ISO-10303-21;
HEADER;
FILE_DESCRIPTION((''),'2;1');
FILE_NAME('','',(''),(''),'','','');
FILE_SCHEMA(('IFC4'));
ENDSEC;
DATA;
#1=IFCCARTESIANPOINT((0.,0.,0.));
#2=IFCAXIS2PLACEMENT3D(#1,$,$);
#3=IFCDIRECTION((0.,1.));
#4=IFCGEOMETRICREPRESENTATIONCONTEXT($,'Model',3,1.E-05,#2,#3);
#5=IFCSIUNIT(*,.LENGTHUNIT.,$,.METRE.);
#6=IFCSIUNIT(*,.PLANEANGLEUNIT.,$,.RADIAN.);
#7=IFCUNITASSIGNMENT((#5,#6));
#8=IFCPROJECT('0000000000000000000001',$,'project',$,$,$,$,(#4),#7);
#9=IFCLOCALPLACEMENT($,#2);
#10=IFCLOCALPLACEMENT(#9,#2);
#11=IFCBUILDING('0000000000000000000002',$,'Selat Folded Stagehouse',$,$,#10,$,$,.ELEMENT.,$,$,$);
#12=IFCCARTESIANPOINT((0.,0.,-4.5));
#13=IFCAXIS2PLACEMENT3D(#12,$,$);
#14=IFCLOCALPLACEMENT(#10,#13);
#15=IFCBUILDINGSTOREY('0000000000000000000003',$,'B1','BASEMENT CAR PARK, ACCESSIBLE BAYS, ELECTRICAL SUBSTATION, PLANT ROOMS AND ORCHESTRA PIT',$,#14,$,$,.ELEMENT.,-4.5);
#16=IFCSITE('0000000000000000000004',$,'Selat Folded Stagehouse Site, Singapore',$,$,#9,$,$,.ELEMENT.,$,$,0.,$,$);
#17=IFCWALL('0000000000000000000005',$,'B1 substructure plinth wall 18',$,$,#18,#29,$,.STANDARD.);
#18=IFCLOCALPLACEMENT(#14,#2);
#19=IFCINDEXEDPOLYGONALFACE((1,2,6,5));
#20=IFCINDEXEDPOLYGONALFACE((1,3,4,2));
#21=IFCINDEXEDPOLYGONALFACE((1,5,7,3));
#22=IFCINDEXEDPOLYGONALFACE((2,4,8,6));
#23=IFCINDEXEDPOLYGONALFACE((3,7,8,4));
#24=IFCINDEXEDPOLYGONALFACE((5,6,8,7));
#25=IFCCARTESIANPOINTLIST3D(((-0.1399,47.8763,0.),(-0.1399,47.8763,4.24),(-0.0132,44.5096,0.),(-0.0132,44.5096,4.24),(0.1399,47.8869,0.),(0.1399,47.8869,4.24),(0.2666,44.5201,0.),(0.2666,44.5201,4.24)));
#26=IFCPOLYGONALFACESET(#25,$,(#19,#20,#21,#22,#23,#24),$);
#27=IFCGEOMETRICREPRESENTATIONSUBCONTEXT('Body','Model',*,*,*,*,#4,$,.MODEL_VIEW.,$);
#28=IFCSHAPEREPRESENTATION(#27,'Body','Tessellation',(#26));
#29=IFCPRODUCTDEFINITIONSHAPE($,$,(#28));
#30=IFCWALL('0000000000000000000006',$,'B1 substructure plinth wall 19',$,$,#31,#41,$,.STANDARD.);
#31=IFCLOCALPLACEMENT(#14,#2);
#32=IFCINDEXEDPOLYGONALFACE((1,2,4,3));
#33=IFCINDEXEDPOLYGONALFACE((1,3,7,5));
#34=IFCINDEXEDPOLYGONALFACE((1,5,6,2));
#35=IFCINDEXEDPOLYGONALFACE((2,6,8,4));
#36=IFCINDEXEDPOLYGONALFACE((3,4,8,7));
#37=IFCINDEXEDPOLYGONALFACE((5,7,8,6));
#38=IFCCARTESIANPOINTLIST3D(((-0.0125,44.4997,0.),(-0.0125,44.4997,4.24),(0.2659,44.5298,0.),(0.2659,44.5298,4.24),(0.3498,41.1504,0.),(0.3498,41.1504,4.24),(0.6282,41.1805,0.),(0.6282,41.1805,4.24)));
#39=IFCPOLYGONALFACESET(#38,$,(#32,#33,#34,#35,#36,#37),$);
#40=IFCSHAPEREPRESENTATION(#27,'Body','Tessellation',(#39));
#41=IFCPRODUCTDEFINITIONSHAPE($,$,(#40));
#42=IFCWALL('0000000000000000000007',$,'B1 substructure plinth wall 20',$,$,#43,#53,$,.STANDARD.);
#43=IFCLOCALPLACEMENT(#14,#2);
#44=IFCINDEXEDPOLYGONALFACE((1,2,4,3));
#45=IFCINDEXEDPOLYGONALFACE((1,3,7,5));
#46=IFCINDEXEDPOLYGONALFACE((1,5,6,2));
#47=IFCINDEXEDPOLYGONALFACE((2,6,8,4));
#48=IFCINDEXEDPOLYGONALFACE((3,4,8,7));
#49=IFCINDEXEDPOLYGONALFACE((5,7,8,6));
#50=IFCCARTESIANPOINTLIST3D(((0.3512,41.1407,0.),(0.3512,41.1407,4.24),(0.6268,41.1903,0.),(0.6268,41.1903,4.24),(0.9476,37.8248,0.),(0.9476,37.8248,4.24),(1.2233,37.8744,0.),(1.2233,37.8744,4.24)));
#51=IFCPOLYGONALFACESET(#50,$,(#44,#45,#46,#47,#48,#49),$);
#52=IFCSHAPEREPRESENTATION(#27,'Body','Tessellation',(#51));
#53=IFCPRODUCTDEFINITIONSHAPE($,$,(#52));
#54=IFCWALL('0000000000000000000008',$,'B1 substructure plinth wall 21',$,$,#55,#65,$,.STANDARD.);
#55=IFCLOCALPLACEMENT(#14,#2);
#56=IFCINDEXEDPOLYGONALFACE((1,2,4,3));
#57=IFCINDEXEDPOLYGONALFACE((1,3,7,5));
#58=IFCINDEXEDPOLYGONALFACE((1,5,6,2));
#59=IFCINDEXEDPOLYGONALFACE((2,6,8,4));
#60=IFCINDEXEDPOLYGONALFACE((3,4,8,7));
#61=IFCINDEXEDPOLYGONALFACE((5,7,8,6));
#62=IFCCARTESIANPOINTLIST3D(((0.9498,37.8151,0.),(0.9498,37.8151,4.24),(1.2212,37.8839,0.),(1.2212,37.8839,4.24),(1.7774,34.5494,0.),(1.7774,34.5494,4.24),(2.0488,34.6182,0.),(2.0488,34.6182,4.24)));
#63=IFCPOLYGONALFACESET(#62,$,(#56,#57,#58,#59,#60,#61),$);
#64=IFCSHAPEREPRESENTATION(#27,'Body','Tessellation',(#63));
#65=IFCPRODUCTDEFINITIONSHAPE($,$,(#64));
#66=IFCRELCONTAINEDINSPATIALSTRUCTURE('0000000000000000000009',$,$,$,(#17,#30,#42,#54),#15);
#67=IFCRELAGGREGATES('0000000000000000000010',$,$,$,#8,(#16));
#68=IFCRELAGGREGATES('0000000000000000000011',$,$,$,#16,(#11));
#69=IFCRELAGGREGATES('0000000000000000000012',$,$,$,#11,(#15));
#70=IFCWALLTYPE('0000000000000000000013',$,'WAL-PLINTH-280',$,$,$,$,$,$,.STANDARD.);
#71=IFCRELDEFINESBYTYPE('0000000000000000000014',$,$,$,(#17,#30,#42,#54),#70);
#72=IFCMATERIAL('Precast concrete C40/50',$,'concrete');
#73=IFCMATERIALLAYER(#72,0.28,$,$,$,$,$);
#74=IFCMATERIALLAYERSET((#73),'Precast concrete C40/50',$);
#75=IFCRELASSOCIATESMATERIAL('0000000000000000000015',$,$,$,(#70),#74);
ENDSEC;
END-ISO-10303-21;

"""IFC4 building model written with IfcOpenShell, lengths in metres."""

from ifc_helpers import new_model, si_unit, direction, frame, frame_2d, origin, place, context, subcontext, project, spatial, rectangle, extrude, material, layer, layer_set, type_object, element, save


model = new_model("IFC4")

# Units and contexts
model_context = context("Model", 3, precision=1e-05, world=origin(), true_north=direction((0.0, 1.0)))
body_context = subcontext(model_context, "Body", "Model", "MODEL_VIEW")
ifc_project = project(units=[si_unit("LENGTHUNIT", "METRE"), si_unit("PLANEANGLEUNIT", "RADIAN")], contexts=[model_context])

# Site, building, storey
site_placement = place(None, origin())
site = spatial("IfcSite", under=ifc_project, at=site_placement, Name="Selat Folded Stagehouse Site, Singapore", CompositionType="ELEMENT", RefElevation=0.0)
building_placement = place(site_placement, origin())
building = spatial("IfcBuilding", under=site, at=building_placement, Name="Selat Folded Stagehouse", CompositionType="ELEMENT")
storey_placement = place(building_placement, frame((0.0, 0.0, -4.5)))
storey = spatial("IfcBuildingStorey", under=building, at=storey_placement, Name="B1", Description="BASEMENT CAR PARK, ACCESSIBLE BAYS, ELECTRICAL SUBSTATION, PLANT ROOMS AND ORCHESTRA PIT", CompositionType="ELEMENT", Elevation=-4.5)

# Walls
ifc_material_1 = material(Name="Precast concrete C40/50", Category="concrete")
ifc_layer_1 = layer(ifc_material_1, 0.28)
ifc_layer_set_1 = layer_set([ifc_layer_1], Name="Precast concrete C40/50")
wall_type = type_object("IfcWallType", Name="WAL-PLINTH-280", PredefinedType="STANDARD", material=ifc_layer_set_1)
wall_1_placement = place(storey_placement, frame((0.0, 47.8816, 0.0), z_axis=(0.0, 0.0, 1.0), x_axis=(0.037609, -0.999293, 0.0)))
element("IfcWall", 1, at=wall_1_placement, inside=storey, type_object=wall_type, Name="B1 substructure plinth wall 18", PredefinedType="STANDARD", context=body_context, shape_type="SweptSolid", body=[
    extrude(rectangle(XDim=3.3691, YDim=0.28, at=frame_2d((1.6846, 0.0))), origin(), (0.0, 0.0, 1.0), 4.24),
])
wall_2_placement = place(storey_placement, frame((0.1267, 44.5149, 0.0), z_axis=(0.0, 0.0, 1.0), x_axis=(0.107544, -0.9942, 0.0)))
element("IfcWall", 2, at=wall_2_placement, inside=storey, type_object=wall_type, Name="B1 substructure plinth wall 19", PredefinedType="STANDARD", context=body_context, shape_type="SweptSolid", body=[
    extrude(rectangle(XDim=3.3689, YDim=0.28, at=frame_2d((1.6846, 0.0))), origin(), (0.0, 0.0, 1.0), 4.24),
])
wall_3_placement = place(storey_placement, frame((0.489, 41.1655, 0.0), z_axis=(0.0, 0.0, 1.0), x_axis=(0.177029, -0.984206, 0.0)))
element("IfcWall", 3, at=wall_3_placement, inside=storey, type_object=wall_type, Name="B1 substructure plinth wall 20", PredefinedType="STANDARD", context=body_context, shape_type="SweptSolid", body=[
    extrude(rectangle(XDim=3.3691, YDim=0.28, at=frame_2d((1.6846, 0.0))), origin(), (0.0, 0.0, 1.0), 4.24),
])
wall_4_placement = place(storey_placement, frame((1.0854, 37.8496, 0.0), z_axis=(0.0, 0.0, 1.0), x_axis=(0.245672, -0.969353, 0.0)))
element("IfcWall", 4, at=wall_4_placement, inside=storey, type_object=wall_type, Name="B1 substructure plinth wall 21", PredefinedType="STANDARD", context=body_context, shape_type="SweptSolid", body=[
    extrude(rectangle(XDim=3.3689, YDim=0.28, at=frame_2d((1.6846, 0.0))), origin(), (0.0, 0.0, 1.0), 4.24),
])

save(model, "model.ifc")
